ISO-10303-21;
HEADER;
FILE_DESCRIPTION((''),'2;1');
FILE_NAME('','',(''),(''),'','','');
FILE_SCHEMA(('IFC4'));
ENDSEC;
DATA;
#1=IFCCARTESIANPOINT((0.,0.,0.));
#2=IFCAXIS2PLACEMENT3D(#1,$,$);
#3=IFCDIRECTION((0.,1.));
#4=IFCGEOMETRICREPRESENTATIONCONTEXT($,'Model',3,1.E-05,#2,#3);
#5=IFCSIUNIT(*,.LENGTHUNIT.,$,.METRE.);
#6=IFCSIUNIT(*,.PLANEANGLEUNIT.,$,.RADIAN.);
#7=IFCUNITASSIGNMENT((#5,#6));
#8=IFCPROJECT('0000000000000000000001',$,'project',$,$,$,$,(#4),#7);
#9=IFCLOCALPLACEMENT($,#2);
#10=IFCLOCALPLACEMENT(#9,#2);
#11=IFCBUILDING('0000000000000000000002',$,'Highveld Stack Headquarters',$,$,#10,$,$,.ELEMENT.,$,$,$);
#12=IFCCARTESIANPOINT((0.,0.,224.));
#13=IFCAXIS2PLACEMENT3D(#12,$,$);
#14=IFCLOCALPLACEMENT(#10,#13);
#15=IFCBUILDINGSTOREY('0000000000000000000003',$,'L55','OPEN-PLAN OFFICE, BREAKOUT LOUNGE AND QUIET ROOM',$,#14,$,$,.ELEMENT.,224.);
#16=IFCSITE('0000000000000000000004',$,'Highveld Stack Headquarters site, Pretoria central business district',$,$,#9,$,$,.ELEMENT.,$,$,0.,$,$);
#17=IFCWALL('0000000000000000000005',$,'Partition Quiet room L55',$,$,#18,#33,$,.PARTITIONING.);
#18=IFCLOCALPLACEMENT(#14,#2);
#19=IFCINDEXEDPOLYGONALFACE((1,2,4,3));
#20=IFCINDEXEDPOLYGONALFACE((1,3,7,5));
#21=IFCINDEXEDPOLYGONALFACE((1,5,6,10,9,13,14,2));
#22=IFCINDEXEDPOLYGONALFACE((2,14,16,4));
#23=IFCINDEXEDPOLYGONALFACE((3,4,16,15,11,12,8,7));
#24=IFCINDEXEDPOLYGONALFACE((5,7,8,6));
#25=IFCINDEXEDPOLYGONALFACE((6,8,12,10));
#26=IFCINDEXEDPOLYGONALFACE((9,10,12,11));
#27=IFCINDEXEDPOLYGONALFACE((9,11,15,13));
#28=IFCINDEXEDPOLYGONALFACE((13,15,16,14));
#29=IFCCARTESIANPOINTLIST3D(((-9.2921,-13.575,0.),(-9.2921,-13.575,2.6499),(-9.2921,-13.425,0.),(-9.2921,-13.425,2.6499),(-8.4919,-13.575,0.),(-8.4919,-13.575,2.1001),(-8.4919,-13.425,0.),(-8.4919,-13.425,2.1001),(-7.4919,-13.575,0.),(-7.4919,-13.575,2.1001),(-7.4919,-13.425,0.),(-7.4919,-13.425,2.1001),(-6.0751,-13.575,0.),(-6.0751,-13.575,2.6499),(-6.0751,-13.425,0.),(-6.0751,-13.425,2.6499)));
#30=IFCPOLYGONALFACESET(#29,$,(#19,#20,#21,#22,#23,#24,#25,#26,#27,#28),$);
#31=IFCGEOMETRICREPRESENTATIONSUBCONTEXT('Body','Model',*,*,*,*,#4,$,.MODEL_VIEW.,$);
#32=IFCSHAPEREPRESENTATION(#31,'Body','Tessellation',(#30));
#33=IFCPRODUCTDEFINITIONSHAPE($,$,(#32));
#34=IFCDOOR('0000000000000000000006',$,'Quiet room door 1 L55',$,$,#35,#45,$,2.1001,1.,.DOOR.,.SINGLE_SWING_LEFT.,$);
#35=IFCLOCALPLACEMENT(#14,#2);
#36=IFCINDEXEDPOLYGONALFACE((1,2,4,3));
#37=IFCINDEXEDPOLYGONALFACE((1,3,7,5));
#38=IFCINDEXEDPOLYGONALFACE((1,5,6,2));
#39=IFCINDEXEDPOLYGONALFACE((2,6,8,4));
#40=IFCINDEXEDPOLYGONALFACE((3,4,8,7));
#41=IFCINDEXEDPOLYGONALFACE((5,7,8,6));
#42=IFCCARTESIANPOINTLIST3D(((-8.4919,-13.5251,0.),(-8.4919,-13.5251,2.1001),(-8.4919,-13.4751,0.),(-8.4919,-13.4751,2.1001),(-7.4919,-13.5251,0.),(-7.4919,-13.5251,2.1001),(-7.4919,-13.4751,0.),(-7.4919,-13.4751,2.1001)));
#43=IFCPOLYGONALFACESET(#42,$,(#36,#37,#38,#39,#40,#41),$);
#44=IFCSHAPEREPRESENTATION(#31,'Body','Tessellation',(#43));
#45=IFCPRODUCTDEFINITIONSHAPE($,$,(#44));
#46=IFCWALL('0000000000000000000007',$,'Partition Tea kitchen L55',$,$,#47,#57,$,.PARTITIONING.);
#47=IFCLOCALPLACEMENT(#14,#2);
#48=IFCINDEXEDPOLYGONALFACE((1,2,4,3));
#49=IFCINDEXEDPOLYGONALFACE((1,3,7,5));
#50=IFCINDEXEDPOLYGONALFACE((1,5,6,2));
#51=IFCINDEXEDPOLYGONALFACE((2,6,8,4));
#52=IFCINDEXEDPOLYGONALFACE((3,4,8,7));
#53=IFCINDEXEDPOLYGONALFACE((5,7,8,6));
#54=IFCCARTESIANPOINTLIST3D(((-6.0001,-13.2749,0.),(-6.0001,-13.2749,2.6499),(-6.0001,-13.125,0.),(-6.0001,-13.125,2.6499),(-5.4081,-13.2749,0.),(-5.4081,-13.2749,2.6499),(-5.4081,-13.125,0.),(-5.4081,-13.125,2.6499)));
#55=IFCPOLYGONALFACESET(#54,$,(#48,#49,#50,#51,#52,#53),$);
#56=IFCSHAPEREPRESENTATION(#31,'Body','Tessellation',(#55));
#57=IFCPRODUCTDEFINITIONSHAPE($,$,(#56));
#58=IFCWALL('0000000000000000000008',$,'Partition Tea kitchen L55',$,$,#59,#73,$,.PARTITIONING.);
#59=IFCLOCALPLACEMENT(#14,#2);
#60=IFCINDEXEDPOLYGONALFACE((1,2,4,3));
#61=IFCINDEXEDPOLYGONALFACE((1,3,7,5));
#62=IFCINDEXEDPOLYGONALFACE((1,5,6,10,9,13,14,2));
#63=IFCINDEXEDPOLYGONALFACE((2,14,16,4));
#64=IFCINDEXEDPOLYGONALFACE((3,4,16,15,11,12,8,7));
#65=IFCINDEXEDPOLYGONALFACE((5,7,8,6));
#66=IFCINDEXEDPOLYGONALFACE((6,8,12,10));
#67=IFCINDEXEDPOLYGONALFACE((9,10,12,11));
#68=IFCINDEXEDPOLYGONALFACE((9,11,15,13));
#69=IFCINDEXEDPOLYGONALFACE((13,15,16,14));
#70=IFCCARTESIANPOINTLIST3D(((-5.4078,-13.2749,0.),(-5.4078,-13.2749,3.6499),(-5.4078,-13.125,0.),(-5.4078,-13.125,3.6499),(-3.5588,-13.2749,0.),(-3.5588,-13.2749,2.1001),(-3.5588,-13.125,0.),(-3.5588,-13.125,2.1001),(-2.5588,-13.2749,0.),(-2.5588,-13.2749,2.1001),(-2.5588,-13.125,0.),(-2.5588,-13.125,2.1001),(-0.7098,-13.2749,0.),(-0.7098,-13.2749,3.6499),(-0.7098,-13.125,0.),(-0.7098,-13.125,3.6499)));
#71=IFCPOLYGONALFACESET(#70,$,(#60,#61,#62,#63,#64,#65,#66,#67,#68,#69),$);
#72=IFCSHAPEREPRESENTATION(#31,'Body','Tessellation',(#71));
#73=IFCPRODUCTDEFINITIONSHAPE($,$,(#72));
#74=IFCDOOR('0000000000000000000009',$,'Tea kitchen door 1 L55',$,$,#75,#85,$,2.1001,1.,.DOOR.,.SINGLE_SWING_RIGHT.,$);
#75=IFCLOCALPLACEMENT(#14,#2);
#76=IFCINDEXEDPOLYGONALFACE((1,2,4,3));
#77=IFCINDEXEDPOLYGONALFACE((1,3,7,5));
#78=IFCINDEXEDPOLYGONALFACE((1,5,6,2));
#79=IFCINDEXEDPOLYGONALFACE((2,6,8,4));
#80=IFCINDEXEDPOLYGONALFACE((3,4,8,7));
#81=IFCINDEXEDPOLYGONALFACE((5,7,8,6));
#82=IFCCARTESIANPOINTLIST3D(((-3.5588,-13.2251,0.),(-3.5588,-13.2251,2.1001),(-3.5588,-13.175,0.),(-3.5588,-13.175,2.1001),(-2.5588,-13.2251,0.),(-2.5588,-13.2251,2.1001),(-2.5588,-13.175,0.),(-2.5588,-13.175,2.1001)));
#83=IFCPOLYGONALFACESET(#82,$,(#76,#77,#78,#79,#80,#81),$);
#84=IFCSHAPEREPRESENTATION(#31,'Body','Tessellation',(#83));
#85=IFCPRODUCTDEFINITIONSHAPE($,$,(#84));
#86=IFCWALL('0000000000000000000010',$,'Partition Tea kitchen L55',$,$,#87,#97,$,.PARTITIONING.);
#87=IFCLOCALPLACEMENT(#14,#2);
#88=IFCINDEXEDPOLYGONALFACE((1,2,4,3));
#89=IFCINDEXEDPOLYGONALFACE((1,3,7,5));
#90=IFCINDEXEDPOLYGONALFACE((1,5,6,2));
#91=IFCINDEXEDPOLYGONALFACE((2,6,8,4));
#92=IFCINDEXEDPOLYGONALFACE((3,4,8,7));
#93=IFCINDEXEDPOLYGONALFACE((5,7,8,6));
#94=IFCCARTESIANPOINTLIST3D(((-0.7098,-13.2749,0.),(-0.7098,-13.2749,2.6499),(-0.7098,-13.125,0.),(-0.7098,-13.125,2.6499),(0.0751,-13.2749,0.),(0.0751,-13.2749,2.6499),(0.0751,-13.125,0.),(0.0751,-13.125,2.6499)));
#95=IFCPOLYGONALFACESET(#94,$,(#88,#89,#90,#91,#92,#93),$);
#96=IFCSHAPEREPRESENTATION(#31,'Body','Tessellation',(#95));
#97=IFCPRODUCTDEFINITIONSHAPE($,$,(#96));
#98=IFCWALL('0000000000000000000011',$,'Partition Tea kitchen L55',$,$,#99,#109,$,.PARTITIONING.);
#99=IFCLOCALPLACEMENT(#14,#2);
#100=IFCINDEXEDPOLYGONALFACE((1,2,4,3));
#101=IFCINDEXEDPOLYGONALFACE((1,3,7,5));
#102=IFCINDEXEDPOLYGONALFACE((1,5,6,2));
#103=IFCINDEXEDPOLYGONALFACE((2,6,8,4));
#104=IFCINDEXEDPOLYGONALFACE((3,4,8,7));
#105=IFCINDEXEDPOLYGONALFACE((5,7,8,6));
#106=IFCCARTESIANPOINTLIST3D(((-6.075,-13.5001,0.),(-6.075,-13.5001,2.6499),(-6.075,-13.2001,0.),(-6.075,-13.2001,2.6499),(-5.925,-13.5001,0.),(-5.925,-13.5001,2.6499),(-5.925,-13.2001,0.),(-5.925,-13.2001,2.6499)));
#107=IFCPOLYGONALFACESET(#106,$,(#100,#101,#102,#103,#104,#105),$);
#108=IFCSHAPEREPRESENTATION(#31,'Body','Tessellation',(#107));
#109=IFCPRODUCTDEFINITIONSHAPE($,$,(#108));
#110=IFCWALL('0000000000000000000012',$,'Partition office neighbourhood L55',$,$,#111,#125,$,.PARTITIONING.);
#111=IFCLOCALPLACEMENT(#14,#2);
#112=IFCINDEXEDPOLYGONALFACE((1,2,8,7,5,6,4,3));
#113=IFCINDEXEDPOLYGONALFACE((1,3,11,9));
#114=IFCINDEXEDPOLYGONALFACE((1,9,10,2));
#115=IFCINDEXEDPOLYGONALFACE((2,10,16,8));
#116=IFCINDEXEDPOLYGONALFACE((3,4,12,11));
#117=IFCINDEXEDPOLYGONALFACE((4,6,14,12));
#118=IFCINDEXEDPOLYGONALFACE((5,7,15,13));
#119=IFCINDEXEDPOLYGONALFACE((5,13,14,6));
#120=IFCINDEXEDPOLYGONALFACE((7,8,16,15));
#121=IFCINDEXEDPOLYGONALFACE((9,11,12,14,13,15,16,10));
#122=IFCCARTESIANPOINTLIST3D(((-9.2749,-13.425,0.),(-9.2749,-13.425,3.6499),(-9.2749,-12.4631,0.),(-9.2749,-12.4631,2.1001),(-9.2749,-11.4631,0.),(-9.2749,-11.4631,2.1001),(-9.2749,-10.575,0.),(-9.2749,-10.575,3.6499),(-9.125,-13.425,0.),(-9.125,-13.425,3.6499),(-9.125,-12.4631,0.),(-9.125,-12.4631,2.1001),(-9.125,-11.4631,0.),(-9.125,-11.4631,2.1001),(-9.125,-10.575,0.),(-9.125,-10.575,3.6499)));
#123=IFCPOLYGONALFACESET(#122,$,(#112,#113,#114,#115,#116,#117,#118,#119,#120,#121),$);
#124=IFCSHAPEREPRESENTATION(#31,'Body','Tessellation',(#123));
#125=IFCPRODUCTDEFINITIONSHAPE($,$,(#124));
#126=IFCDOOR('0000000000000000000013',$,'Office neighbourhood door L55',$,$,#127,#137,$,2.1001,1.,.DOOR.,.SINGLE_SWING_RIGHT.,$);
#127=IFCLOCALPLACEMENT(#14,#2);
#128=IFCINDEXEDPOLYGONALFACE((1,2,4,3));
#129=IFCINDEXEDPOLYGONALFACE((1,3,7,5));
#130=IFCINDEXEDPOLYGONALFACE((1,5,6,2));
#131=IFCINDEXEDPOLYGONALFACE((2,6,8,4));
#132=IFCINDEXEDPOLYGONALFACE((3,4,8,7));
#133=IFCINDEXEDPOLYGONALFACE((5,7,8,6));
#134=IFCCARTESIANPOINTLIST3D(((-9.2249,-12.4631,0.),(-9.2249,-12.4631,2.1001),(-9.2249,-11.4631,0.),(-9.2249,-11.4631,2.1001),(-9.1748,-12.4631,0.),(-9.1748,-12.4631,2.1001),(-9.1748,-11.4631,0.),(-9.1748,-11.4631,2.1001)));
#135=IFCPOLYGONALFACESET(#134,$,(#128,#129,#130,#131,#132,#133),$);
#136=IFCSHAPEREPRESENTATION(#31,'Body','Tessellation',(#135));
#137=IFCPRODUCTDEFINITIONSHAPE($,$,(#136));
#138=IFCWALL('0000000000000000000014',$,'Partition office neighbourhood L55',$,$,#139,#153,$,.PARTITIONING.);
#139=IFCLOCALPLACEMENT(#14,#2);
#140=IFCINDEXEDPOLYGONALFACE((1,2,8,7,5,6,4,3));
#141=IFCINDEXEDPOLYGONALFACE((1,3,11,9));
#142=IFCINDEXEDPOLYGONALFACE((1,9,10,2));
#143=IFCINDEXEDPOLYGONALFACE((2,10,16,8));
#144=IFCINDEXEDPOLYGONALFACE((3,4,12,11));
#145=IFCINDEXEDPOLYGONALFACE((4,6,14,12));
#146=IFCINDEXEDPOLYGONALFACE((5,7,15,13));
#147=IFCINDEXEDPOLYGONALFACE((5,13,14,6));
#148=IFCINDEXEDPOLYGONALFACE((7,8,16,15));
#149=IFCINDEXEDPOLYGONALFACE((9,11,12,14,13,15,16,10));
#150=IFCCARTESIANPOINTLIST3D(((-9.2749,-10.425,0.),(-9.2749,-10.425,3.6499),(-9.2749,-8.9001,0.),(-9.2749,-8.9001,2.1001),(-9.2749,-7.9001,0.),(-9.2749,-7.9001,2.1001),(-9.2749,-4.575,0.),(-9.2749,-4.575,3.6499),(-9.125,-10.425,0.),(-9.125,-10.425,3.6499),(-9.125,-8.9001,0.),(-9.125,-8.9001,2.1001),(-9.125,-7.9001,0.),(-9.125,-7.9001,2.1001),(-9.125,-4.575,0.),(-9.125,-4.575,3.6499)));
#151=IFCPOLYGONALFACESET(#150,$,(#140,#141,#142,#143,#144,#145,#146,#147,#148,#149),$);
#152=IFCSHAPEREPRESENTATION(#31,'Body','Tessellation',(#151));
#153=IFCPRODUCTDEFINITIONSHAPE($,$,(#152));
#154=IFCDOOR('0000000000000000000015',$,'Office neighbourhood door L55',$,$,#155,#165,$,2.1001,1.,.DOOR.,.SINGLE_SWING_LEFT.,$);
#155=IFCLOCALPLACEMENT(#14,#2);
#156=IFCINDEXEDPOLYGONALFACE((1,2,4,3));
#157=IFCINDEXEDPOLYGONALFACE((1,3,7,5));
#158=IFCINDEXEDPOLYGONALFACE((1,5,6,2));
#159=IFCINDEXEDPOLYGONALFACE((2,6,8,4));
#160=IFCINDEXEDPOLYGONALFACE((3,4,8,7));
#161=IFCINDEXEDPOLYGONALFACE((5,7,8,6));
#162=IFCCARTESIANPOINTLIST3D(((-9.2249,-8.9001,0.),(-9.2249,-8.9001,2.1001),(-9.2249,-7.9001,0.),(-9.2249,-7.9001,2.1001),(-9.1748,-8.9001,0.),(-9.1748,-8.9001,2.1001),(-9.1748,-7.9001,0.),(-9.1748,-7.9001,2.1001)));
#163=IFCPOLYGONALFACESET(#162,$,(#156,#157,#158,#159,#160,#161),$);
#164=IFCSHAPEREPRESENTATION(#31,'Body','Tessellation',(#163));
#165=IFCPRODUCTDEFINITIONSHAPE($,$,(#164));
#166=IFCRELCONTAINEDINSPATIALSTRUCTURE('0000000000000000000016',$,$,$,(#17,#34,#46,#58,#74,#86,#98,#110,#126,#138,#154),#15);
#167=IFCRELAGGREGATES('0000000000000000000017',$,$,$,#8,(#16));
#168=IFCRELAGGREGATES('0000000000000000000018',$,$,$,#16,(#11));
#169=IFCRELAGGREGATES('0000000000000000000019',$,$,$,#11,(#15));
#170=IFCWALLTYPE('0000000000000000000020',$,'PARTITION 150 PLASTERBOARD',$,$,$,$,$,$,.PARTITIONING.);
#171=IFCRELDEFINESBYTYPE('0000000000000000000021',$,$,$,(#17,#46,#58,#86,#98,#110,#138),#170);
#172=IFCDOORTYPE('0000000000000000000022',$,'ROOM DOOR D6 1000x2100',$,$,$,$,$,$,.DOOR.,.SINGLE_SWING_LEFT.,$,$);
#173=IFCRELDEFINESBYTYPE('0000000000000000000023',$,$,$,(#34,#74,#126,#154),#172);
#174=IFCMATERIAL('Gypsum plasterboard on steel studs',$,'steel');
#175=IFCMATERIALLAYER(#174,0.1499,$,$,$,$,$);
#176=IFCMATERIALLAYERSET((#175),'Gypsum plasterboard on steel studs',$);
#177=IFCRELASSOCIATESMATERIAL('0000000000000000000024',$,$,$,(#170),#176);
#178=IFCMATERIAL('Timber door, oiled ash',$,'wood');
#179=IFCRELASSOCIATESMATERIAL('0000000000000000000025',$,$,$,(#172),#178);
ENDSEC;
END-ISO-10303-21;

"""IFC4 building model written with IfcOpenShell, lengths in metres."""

from ifc_helpers import new_model, si_unit, direction, frame, frame_2d, origin, place, context, subcontext, project, spatial, rectangle, extrude, material, layer, layer_set, type_object, element, fill, save


model = new_model("IFC4")

# Units and contexts
model_context = context("Model", 3, precision=1e-05, world=origin(), true_north=direction((0.0, 1.0)))
body_context = subcontext(model_context, "Body", "Model", "MODEL_VIEW")
ifc_project = project(units=[si_unit("LENGTHUNIT", "METRE"), si_unit("PLANEANGLEUNIT", "RADIAN")], contexts=[model_context])

# Site, building, storey
site_placement = place(None, origin())
site = spatial("IfcSite", under=ifc_project, at=site_placement, Name="Highveld Stack Headquarters site, Pretoria central business district", CompositionType="ELEMENT", RefElevation=0.0)
building_placement = place(site_placement, origin())
building = spatial("IfcBuilding", under=site, at=building_placement, Name="Highveld Stack Headquarters", CompositionType="ELEMENT")
storey_placement = place(building_placement, frame((0.0, 0.0, 224.0)))
storey = spatial("IfcBuildingStorey", under=building, at=storey_placement, Name="L55", Description="OPEN-PLAN OFFICE, BREAKOUT LOUNGE AND QUIET ROOM", CompositionType="ELEMENT", Elevation=224.0)

# Shared definitions
ifc_material_1 = material(Name="Gypsum plasterboard on steel studs", Category="steel")
ifc_layer_1 = layer(ifc_material_1, 0.1499)
ifc_layer_set_1 = layer_set([ifc_layer_1], Name="Gypsum plasterboard on steel studs")
wall_type_1 = type_object("IfcWallType", Name="PARTITION 150 PLASTERBOARD", PredefinedType="PARTITIONING", material=ifc_layer_set_1)

# Wall, opening, door
wall_1_placement = place(storey_placement, frame((-9.292, -13.5, 0.0), z_axis=(0.0, 0.0, 1.0), x_axis=(1.0, 0.0, 0.0)))
wall_1 = element("IfcWall", 1, at=wall_1_placement, inside=storey, type_object=wall_type_1, Name="Partition Quiet room L55", PredefinedType="PARTITIONING", context=body_context, shape_type="SweptSolid", body=[
    extrude(rectangle(XDim=3.217, YDim=0.1499, at=frame_2d((1.6084, 0.0))), origin(), (0.0, 0.0, 1.0), 2.6499),
])
opening_1_placement = place(wall_1_placement, frame((0.8, 0.0, 0.0)))
opening_1 = element("IfcOpeningElement", 2, at=opening_1_placement, cuts=wall_1, PredefinedType="OPENING", context=body_context, shape_type="SweptSolid", body=[
    extrude(rectangle(XDim=1.0, YDim=2.1001, at=frame_2d((0.5, 1.05))), frame((0.0, 0.085, 0.0), z_axis=(0.0, -1.0, 0.0), x_axis=(1.0, 0.0, 0.0)), (0.0, 0.0, 1.0), 0.1699),
])
ifc_material_2 = material(Name="Timber door, oiled ash", Category="wood")
door_type_1 = type_object("IfcDoorType", Name="ROOM DOOR D6 1000x2100", OperationType="SINGLE_SWING_LEFT", PredefinedType="DOOR", material=ifc_material_2)
door_1_placement = place(opening_1_placement, origin())
door_1 = element("IfcDoor", 3, at=door_1_placement, inside=storey, type_object=door_type_1, Name="Quiet room door 1 L55", OperationType="SINGLE_SWING_LEFT", OverallHeight=2.1001, OverallWidth=1.0, PredefinedType="DOOR", context=body_context, shape_type="SweptSolid", body=[
    extrude(rectangle(XDim=1.0, YDim=2.1001, at=frame_2d((0.5, 1.05))), frame((0.0, 0.0249, 0.0), z_axis=(0.0, -1.0, 0.0), x_axis=(1.0, 0.0, 0.0)), (0.0, 0.0, 1.0), 0.05),
])
fill(opening_1, door_1)

# Wall
wall_2_placement = place(storey_placement, frame((-6.0, -13.2, 0.0), z_axis=(0.0, 0.0, 1.0), x_axis=(1.0, 0.0, 0.0)))
element("IfcWall", 4, at=wall_2_placement, inside=storey, type_object=wall_type_1, Name="Partition Tea kitchen L55", PredefinedType="PARTITIONING", context=body_context, shape_type="SweptSolid", body=[
    extrude(rectangle(XDim=0.592, YDim=0.1499, at=frame_2d((0.2959, 0.0))), origin(), (0.0, 0.0, 1.0), 2.6499),
])

# Wall, opening, door
wall_3_placement = place(storey_placement, frame((-5.408, -13.2, 0.0), z_axis=(0.0, 0.0, 1.0), x_axis=(1.0, 0.0, 0.0)))
wall_3 = element("IfcWall", 5, at=wall_3_placement, inside=storey, type_object=wall_type_1, Name="Partition Tea kitchen L55", PredefinedType="PARTITIONING", context=body_context, shape_type="SweptSolid", body=[
    extrude(rectangle(XDim=4.698, YDim=0.1499, at=frame_2d((2.3491, 0.0))), origin(), (0.0, 0.0, 1.0), 3.6499),
])
opening_2_placement = place(wall_3_placement, frame((1.8491, 0.0, 0.0)))
opening_2 = element("IfcOpeningElement", 6, at=opening_2_placement, cuts=wall_3, PredefinedType="OPENING", context=body_context, shape_type="SweptSolid", body=[
    extrude(rectangle(XDim=1.0, YDim=2.1001, at=frame_2d((0.5, 1.05))), frame((0.0, 0.085, 0.0), z_axis=(0.0, -1.0, 0.0), x_axis=(1.0, 0.0, 0.0)), (0.0, 0.0, 1.0), 0.1699),
])
door_2_placement = place(opening_2_placement, origin())
door_2 = element("IfcDoor", 7, at=door_2_placement, inside=storey, type_object=door_type_1, Name="Tea kitchen door 1 L55", OperationType="SINGLE_SWING_RIGHT", OverallHeight=2.1001, OverallWidth=1.0, PredefinedType="DOOR", context=body_context, shape_type="SweptSolid", body=[
    extrude(rectangle(XDim=1.0, YDim=2.1001, at=frame_2d((0.5, 1.05))), frame((0.0, 0.0249, 0.0), z_axis=(0.0, -1.0, 0.0), x_axis=(1.0, 0.0, 0.0)), (0.0, 0.0, 1.0), 0.05),
])
fill(opening_2, door_2)

# Walls
wall_4_placement = place(storey_placement, frame((-0.71, -13.2, 0.0), z_axis=(0.0, 0.0, 1.0), x_axis=(1.0, 0.0, 0.0)))
element("IfcWall", 8, at=wall_4_placement, inside=storey, type_object=wall_type_1, Name="Partition Tea kitchen L55", PredefinedType="PARTITIONING", context=body_context, shape_type="SweptSolid", body=[
    extrude(rectangle(XDim=0.7849, YDim=0.1499, at=frame_2d((0.3926, 0.0))), origin(), (0.0, 0.0, 1.0), 2.6499),
])
wall_5_placement = place(storey_placement, frame((-6.0, -13.5, 0.0), z_axis=(0.0, 0.0, 1.0), x_axis=(0.0, 1.0, 0.0)))
element("IfcWall", 9, at=wall_5_placement, inside=storey, type_object=wall_type_1, Name="Partition Tea kitchen L55", PredefinedType="PARTITIONING", context=body_context, shape_type="SweptSolid", body=[
    extrude(rectangle(XDim=0.3, YDim=0.1499, at=frame_2d((0.1499, 0.0))), origin(), (0.0, 0.0, 1.0), 2.6499),
])

# Walls, openings, doors
wall_6_placement = place(storey_placement, frame((-9.2, -13.425, 0.0), z_axis=(0.0, 0.0, 1.0), x_axis=(0.0, 1.0, 0.0)))
wall_6 = element("IfcWall", 10, at=wall_6_placement, inside=storey, type_object=wall_type_1, Name="Partition office neighbourhood L55", PredefinedType="PARTITIONING", context=body_context, shape_type="SweptSolid", body=[
    extrude(rectangle(XDim=2.8501, YDim=0.1499, at=frame_2d((1.425, 0.0))), origin(), (0.0, 0.0, 1.0), 3.6499),
])
opening_3_placement = place(wall_6_placement, frame((0.9619, 0.0, 0.0)))
opening_3 = element("IfcOpeningElement", 11, at=opening_3_placement, cuts=wall_6, PredefinedType="OPENING", context=body_context, shape_type="SweptSolid", body=[
    extrude(rectangle(XDim=1.0, YDim=2.1001, at=frame_2d((0.5, 1.05))), frame((0.0, 0.085, 0.0), z_axis=(0.0, -1.0, 0.0), x_axis=(1.0, 0.0, 0.0)), (0.0, 0.0, 1.0), 0.1699),
])
door_3_placement = place(opening_3_placement, origin())
door_3 = element("IfcDoor", 12, at=door_3_placement, inside=storey, type_object=door_type_1, Name="Office neighbourhood door L55", OperationType="SINGLE_SWING_RIGHT", OverallHeight=2.1001, OverallWidth=1.0, PredefinedType="DOOR", context=body_context, shape_type="SweptSolid", body=[
    extrude(rectangle(XDim=1.0, YDim=2.1001, at=frame_2d((0.5, 1.05))), frame((0.0, 0.0249, 0.0), z_axis=(0.0, -1.0, 0.0), x_axis=(1.0, 0.0, 0.0)), (0.0, 0.0, 1.0), 0.05),
])
fill(opening_3, door_3)
wall_7_placement = place(storey_placement, frame((-9.2, -10.425, 0.0), z_axis=(0.0, 0.0, 1.0), x_axis=(0.0, 1.0, 0.0)))
wall_7 = element("IfcWall", 13, at=wall_7_placement, inside=storey, type_object=wall_type_1, Name="Partition office neighbourhood L55", PredefinedType="PARTITIONING", context=body_context, shape_type="SweptSolid", body=[
    extrude(rectangle(XDim=5.8501, YDim=0.1499, at=frame_2d((2.925, 0.0))), origin(), (0.0, 0.0, 1.0), 3.6499),
])
opening_4_placement = place(wall_7_placement, frame((1.5249, 0.0, 0.0)))
opening_4 = element("IfcOpeningElement", 14, at=opening_4_placement, cuts=wall_7, PredefinedType="OPENING", context=body_context, shape_type="SweptSolid", body=[
    extrude(rectangle(XDim=1.0, YDim=2.1001, at=frame_2d((0.5, 1.05))), frame((0.0, 0.085, 0.0), z_axis=(0.0, -1.0, 0.0), x_axis=(1.0, 0.0, 0.0)), (0.0, 0.0, 1.0), 0.1699),
])
door_4_placement = place(opening_4_placement, origin())
door_4 = element("IfcDoor", 15, at=door_4_placement, inside=storey, type_object=door_type_1, Name="Office neighbourhood door L55", OperationType="SINGLE_SWING_LEFT", OverallHeight=2.1001, OverallWidth=1.0, PredefinedType="DOOR", context=body_context, shape_type="SweptSolid", body=[
    extrude(rectangle(XDim=1.0, YDim=2.1001, at=frame_2d((0.5, 1.05))), frame((0.0, 0.0249, 0.0), z_axis=(0.0, -1.0, 0.0), x_axis=(1.0, 0.0, 0.0)), (0.0, 0.0, 1.0), 0.05),
])
fill(opening_4, door_4)

save(model, "model.ifc")
